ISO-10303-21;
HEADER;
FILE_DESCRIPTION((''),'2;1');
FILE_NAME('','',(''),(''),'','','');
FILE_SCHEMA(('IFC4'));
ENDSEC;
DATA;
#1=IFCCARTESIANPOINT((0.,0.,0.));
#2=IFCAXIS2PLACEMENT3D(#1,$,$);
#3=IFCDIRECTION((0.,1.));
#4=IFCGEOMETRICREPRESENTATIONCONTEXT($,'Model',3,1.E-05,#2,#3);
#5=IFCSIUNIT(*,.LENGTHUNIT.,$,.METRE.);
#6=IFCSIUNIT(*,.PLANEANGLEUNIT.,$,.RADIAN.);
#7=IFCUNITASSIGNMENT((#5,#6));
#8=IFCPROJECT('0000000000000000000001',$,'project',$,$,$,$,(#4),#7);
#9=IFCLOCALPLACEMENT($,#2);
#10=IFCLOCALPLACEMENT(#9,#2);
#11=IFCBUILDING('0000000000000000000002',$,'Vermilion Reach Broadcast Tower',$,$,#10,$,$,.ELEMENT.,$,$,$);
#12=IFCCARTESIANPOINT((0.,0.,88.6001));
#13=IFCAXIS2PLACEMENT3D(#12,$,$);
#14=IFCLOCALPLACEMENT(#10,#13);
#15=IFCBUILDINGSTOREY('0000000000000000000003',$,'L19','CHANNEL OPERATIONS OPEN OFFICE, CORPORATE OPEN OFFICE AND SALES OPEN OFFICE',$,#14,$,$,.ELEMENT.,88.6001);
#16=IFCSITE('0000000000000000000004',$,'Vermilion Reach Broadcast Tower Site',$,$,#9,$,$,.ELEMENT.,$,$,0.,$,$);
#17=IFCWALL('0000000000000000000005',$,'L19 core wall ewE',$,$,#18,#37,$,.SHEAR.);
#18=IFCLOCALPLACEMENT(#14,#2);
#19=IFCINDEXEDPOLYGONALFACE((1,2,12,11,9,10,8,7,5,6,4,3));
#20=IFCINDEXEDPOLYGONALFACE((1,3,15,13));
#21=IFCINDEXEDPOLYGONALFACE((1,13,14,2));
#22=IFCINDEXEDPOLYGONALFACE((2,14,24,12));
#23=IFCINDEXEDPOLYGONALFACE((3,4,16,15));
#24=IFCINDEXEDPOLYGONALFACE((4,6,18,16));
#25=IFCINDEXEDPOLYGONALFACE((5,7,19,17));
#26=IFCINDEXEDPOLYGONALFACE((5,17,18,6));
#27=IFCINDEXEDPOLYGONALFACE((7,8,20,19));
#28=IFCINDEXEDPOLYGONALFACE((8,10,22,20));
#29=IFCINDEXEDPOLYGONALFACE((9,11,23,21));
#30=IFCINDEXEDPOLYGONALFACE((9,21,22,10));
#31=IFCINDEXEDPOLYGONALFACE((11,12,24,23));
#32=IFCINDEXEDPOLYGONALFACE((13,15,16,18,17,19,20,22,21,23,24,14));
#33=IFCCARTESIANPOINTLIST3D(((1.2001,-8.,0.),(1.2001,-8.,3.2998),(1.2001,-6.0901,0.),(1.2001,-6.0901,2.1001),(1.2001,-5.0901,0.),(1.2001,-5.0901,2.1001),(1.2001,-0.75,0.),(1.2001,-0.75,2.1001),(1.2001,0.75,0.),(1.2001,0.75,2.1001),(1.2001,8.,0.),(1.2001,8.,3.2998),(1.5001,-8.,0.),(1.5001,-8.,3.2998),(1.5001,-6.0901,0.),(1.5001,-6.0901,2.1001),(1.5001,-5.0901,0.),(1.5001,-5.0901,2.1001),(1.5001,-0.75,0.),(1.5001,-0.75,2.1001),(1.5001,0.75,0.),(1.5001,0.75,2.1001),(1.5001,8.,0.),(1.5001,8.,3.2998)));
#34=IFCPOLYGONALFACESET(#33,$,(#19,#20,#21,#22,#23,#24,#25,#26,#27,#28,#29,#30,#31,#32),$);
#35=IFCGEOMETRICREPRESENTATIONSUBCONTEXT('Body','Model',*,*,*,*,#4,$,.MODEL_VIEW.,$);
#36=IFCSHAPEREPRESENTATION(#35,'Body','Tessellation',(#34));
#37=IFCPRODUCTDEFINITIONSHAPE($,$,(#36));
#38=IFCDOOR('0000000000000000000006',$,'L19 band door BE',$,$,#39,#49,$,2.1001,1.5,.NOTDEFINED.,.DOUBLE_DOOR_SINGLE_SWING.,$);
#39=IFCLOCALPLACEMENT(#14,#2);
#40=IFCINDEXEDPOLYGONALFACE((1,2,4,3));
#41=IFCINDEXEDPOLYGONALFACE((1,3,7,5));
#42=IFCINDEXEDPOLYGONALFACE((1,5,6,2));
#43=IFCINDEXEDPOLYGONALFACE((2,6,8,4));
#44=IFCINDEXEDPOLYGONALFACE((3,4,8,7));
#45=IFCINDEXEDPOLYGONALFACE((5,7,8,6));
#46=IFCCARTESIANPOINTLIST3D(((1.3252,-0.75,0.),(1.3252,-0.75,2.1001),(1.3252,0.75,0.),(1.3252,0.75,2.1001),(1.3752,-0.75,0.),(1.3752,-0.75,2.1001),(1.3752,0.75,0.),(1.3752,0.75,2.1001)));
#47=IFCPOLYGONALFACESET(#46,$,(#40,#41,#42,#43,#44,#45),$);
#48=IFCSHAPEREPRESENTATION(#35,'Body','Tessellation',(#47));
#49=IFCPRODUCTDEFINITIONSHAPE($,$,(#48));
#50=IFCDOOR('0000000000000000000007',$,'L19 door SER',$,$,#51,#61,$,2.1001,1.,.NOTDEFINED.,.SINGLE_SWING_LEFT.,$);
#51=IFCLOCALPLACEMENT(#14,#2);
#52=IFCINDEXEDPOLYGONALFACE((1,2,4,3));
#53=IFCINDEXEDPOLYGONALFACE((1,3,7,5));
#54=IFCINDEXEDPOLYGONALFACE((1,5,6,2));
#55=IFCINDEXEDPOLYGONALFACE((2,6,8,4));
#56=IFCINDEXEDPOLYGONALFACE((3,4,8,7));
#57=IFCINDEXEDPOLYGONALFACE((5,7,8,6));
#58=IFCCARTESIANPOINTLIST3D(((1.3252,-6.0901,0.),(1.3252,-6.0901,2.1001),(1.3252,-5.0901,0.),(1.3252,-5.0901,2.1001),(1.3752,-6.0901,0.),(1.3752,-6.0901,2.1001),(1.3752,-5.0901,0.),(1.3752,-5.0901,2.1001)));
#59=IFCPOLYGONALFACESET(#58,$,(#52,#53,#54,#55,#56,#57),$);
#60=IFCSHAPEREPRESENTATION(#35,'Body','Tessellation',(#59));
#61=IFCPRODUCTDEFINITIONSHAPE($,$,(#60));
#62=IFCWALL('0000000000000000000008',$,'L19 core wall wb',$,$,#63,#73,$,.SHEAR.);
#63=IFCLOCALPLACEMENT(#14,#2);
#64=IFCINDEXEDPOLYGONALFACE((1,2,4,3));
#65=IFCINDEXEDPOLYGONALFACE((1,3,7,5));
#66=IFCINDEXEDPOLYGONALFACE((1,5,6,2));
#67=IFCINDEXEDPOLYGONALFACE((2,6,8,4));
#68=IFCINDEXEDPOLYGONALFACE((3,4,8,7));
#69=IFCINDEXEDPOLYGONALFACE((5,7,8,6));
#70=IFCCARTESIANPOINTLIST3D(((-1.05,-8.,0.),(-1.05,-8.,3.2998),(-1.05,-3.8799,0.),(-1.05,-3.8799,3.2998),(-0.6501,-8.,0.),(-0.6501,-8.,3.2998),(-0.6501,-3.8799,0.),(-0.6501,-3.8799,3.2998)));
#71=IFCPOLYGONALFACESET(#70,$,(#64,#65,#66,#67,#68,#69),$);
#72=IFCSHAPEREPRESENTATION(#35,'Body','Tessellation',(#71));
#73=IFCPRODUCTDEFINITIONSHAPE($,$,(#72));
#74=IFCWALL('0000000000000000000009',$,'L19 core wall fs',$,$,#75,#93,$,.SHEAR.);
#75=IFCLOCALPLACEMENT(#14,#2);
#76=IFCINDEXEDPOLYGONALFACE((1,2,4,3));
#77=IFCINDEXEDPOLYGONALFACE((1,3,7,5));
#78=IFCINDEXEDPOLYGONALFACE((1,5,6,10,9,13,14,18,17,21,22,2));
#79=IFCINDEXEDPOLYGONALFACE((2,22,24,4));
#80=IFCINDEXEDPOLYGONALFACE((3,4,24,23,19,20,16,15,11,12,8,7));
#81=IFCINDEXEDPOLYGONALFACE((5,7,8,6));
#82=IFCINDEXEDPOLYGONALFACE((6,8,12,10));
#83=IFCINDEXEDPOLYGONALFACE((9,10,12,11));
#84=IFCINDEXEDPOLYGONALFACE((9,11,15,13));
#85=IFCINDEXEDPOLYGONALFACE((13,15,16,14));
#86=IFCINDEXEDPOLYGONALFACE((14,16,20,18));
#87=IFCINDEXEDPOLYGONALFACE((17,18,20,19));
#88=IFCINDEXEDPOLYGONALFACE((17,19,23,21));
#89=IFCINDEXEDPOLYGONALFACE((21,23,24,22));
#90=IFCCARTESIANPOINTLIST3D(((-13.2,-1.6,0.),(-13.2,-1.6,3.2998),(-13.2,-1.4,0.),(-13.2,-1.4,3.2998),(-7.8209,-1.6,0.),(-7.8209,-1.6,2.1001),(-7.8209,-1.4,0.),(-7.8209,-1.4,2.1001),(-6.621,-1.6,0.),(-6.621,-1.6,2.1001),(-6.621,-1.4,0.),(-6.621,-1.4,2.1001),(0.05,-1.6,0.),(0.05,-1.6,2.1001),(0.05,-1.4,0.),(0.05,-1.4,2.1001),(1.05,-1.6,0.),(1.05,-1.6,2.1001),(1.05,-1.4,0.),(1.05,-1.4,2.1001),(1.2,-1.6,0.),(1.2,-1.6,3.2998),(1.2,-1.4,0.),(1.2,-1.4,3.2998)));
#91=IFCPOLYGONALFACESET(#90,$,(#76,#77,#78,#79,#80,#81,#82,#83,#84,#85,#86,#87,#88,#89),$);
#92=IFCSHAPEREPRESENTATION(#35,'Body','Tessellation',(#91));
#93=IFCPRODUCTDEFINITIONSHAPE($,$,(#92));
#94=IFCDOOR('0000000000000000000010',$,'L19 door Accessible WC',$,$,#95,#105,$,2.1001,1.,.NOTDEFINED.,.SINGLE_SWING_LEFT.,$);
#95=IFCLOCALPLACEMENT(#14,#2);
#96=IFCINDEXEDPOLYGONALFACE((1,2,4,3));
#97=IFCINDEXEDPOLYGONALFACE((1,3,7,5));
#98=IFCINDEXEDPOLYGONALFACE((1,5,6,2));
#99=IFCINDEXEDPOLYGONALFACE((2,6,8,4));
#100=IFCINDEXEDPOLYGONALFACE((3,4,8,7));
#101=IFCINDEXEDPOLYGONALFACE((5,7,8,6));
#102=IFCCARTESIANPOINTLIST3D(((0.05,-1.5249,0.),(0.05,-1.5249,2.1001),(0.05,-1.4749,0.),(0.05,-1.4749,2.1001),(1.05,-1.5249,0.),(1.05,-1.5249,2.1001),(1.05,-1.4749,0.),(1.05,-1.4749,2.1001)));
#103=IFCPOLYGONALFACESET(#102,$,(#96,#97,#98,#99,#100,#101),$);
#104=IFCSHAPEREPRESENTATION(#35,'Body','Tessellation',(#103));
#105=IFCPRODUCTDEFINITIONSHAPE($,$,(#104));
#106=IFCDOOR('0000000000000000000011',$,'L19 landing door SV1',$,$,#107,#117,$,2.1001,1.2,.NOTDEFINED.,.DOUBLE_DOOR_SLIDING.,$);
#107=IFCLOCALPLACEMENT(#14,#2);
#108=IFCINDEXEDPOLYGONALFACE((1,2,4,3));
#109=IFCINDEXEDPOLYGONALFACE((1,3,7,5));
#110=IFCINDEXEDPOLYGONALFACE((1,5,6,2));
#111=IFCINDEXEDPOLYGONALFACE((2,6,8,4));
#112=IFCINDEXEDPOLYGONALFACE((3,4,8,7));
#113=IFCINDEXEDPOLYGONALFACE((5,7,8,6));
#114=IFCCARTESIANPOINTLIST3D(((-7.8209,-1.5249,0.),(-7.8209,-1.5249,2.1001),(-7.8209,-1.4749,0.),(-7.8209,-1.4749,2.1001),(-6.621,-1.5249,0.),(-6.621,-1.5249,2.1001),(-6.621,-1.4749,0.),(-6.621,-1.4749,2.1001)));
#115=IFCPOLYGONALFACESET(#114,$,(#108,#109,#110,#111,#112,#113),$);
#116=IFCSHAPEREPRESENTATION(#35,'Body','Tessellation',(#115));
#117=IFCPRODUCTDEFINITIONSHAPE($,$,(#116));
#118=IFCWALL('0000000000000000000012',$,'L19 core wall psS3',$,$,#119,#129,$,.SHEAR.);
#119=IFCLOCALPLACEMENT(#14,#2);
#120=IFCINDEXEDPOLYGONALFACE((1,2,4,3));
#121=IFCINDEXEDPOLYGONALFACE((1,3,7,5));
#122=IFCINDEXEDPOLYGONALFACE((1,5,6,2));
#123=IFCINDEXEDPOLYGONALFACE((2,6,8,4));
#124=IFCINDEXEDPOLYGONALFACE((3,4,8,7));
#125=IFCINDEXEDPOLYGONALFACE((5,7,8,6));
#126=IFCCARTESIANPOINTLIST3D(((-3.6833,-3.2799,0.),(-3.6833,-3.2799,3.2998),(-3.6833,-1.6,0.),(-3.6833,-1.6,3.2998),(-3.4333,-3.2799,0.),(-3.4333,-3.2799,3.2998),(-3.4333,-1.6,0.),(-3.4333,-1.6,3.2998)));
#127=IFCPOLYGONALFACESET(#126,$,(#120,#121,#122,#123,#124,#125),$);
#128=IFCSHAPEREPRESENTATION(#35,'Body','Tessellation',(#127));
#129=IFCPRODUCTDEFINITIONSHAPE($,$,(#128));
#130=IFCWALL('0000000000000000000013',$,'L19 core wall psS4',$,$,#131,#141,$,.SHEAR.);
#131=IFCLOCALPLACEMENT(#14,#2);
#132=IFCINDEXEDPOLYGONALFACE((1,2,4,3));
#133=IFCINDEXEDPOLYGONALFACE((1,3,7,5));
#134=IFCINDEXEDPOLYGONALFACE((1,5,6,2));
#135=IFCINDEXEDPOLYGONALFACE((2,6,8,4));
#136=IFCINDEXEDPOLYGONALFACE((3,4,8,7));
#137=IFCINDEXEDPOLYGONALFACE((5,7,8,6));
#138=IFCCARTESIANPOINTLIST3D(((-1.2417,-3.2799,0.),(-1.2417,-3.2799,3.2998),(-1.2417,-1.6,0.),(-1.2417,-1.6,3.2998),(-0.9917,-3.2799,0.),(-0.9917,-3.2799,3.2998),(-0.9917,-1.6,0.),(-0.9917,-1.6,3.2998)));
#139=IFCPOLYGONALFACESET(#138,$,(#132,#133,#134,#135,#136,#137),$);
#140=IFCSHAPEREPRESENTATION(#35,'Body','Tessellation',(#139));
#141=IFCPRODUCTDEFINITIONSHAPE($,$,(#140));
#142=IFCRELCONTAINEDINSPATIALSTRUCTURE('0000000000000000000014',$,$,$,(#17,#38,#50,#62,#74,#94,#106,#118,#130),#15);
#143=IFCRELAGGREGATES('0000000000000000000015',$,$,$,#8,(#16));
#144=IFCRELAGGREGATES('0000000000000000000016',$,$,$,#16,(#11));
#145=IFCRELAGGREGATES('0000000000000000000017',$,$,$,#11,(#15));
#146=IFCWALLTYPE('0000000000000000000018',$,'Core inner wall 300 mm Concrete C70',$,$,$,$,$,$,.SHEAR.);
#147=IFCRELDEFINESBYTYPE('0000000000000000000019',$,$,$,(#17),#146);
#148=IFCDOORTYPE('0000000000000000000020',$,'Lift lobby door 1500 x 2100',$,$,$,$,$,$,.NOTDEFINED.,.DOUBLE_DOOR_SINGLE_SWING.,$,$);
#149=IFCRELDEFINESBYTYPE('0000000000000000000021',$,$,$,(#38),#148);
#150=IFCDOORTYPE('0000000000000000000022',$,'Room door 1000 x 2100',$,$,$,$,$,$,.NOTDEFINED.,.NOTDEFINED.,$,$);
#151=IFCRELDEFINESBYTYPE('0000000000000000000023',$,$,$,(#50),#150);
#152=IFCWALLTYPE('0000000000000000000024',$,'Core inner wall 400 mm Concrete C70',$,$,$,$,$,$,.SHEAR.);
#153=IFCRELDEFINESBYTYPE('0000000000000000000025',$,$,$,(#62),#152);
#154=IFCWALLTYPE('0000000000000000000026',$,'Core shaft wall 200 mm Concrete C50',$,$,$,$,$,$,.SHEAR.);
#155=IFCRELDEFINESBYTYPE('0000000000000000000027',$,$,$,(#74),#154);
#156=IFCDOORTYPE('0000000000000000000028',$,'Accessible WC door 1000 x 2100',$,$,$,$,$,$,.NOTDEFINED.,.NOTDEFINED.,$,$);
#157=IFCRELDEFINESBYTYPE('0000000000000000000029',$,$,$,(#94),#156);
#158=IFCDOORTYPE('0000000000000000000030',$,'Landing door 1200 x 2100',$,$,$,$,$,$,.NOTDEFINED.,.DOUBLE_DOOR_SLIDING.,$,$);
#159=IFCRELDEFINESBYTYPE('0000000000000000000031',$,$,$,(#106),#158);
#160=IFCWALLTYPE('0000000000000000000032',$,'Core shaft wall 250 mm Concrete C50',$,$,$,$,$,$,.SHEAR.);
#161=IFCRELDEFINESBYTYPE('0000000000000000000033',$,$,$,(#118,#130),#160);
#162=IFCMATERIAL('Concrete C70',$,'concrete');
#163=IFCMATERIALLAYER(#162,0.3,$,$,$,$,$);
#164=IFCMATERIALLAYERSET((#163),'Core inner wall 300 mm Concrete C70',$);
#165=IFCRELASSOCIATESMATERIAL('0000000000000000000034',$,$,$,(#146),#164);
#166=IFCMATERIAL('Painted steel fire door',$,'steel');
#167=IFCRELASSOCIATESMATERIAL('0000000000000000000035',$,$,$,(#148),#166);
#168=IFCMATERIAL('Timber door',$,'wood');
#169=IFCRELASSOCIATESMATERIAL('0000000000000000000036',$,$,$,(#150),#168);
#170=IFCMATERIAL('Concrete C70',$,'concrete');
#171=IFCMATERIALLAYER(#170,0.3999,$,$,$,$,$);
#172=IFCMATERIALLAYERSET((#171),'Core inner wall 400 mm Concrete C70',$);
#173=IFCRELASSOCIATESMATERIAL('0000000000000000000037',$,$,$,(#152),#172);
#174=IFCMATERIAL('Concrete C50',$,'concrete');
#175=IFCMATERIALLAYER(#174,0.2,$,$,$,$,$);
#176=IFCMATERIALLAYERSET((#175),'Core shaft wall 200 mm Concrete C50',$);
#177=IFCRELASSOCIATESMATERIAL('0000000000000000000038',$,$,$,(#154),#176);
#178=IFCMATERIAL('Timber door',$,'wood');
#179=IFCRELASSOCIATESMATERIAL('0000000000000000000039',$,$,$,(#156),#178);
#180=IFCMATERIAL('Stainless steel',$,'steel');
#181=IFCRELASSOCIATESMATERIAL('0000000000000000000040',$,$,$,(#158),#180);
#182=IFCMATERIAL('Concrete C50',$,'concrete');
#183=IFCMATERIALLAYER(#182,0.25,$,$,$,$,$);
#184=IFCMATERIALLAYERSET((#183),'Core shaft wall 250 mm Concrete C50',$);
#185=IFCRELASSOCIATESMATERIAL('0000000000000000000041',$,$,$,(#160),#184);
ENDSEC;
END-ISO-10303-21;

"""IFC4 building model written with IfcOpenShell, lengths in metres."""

from ifc_helpers import new_model, si_unit, direction, frame, frame_2d, origin, place, context, subcontext, project, spatial, rectangle, extrude, material, layer, layer_set, type_object, element, fill, save


model = new_model("IFC4")

# Units and contexts
model_context = context("Model", 3, precision=1e-05, world=origin(), true_north=direction((0.0, 1.0)))
body_context = subcontext(model_context, "Body", "Model", "MODEL_VIEW")
ifc_project = project(units=[si_unit("LENGTHUNIT", "METRE"), si_unit("PLANEANGLEUNIT", "RADIAN")], contexts=[model_context])

# Site, building, storey
site_placement = place(None, origin())
site = spatial("IfcSite", under=ifc_project, at=site_placement, Name="Vermilion Reach Broadcast Tower Site", CompositionType="ELEMENT", RefElevation=0.0)
building_placement = place(site_placement, origin())
building = spatial("IfcBuilding", under=site, at=building_placement, Name="Vermilion Reach Broadcast Tower", CompositionType="ELEMENT")
storey_placement = place(building_placement, frame((0.0, 0.0, 88.6001)))
storey = spatial("IfcBuildingStorey", under=building, at=storey_placement, Name="L19", Description="CHANNEL OPERATIONS OPEN OFFICE, CORPORATE OPEN OFFICE AND SALES OPEN OFFICE", CompositionType="ELEMENT", Elevation=88.6001)

# Wall, openings, doors
ifc_material_1 = material(Name="Concrete C70", Category="concrete")
ifc_layer_1 = layer(ifc_material_1, 0.3)
ifc_layer_set_1 = layer_set([ifc_layer_1], Name="Core inner wall 300 mm Concrete C70")
wall_type_1 = type_object("IfcWallType", Name="Core inner wall 300 mm Concrete C70", PredefinedType="SHEAR", material=ifc_layer_set_1)
wall_1_placement = place(storey_placement, frame((1.3501, -8.0, 0.0), z_axis=(0.0, 0.0, 1.0), x_axis=(0.0, 1.0, 0.0)))
wall_1 = element("IfcWall", 1, at=wall_1_placement, inside=storey, type_object=wall_type_1, Name="L19 core wall ewE", PredefinedType="SHEAR", context=body_context, shape_type="SweptSolid", body=[
    extrude(rectangle(XDim=16.0, YDim=0.3, at=frame_2d((8.0, 0.0))), origin(), (0.0, 0.0, 1.0), 3.2998),
])
opening_1_placement = place(wall_1_placement, frame((1.9099, 0.0, 0.0)))
opening_1 = element("IfcOpeningElement", 2, at=opening_1_placement, cuts=wall_1, PredefinedType="OPENING", context=body_context, shape_type="SweptSolid", body=[
    extrude(rectangle(XDim=1.0, YDim=2.1001, at=frame_2d((0.5, 1.05))), frame((0.0, 0.1599, 0.0), z_axis=(0.0, -1.0, 0.0), x_axis=(1.0, 0.0, 0.0)), (0.0, 0.0, 1.0), 0.3201),
])
opening_2_placement = place(wall_1_placement, frame((7.25, 0.0, 0.0)))
opening_2 = element("IfcOpeningElement", 3, at=opening_2_placement, cuts=wall_1, PredefinedType="OPENING", context=body_context, shape_type="SweptSolid", body=[
    extrude(rectangle(XDim=1.5, YDim=2.1001, at=frame_2d((0.75, 1.05))), frame((0.0, 0.1599, 0.0), z_axis=(0.0, -1.0, 0.0), x_axis=(1.0, 0.0, 0.0)), (0.0, 0.0, 1.0), 0.3201),
])
ifc_material_2 = material(Name="Painted steel fire door", Category="steel")
door_type_1 = type_object("IfcDoorType", Name="Lift lobby door 1500 x 2100", OperationType="DOUBLE_DOOR_SINGLE_SWING", PredefinedType="NOTDEFINED", material=ifc_material_2)
door_1_placement = place(opening_2_placement, origin())
door_1 = element("IfcDoor", 4, at=door_1_placement, inside=storey, type_object=door_type_1, Name="L19 band door BE", OperationType="DOUBLE_DOOR_SINGLE_SWING", OverallHeight=2.1001, OverallWidth=1.5, PredefinedType="NOTDEFINED", context=body_context, shape_type="SweptSolid", body=[
    extrude(rectangle(XDim=1.5, YDim=2.1001, at=frame_2d((0.75, 1.05))), frame((0.0, 0.0249, 0.0), z_axis=(0.0, -1.0, 0.0), x_axis=(1.0, 0.0, 0.0)), (0.0, 0.0, 1.0), 0.05),
])
fill(opening_2, door_1)
ifc_material_3 = material(Name="Timber door", Category="wood")
door_type_2 = type_object("IfcDoorType", Name="Room door 1000 x 2100", OperationType="NOTDEFINED", PredefinedType="NOTDEFINED", material=ifc_material_3)
door_2_placement = place(opening_1_placement, origin())
door_2 = element("IfcDoor", 5, at=door_2_placement, inside=storey, type_object=door_type_2, Name="L19 door SER", OperationType="SINGLE_SWING_LEFT", OverallHeight=2.1001, OverallWidth=1.0, PredefinedType="NOTDEFINED", context=body_context, shape_type="SweptSolid", body=[
    extrude(rectangle(XDim=1.0, YDim=2.1001, at=frame_2d((0.5, 1.05))), frame((0.0, 0.0249, 0.0), z_axis=(0.0, -1.0, 0.0), x_axis=(1.0, 0.0, 0.0)), (0.0, 0.0, 1.0), 0.05),
])
fill(opening_1, door_2)

# Wall
ifc_material_4 = material(Name="Concrete C70", Category="concrete")
ifc_layer_2 = layer(ifc_material_4, 0.3999)
ifc_layer_set_2 = layer_set([ifc_layer_2], Name="Core inner wall 400 mm Concrete C70")
wall_type_2 = type_object("IfcWallType", Name="Core inner wall 400 mm Concrete C70", PredefinedType="SHEAR", material=ifc_layer_set_2)
wall_2_placement = place(storey_placement, frame((-0.8501, -3.8799, 0.0), z_axis=(0.0, 0.0, 1.0), x_axis=(0.0, -1.0, 0.0)))
element("IfcWall", 6, at=wall_2_placement, inside=storey, type_object=wall_type_2, Name="L19 core wall wb", PredefinedType="SHEAR", context=body_context, shape_type="SweptSolid", body=[
    extrude(rectangle(XDim=4.1201, YDim=0.3999, at=frame_2d((2.0601, 0.0))), origin(), (0.0, 0.0, 1.0), 3.2998),
])

# Wall, openings, doors
ifc_material_5 = material(Name="Concrete C50", Category="concrete")
ifc_layer_3 = layer(ifc_material_5, 0.2)
ifc_layer_set_3 = layer_set([ifc_layer_3], Name="Core shaft wall 200 mm Concrete C50")
wall_type_3 = type_object("IfcWallType", Name="Core shaft wall 200 mm Concrete C50", PredefinedType="SHEAR", material=ifc_layer_set_3)
wall_3_placement = place(storey_placement, frame((1.2, -1.5, 0.0), z_axis=(0.0, 0.0, 1.0), x_axis=(-1.0, 0.0, 0.0)))
wall_3 = element("IfcWall", 7, at=wall_3_placement, inside=storey, type_object=wall_type_3, Name="L19 core wall fs", PredefinedType="SHEAR", context=body_context, shape_type="SweptSolid", body=[
    extrude(rectangle(XDim=14.3999, YDim=0.2, at=frame_2d((7.2, 0.0))), origin(), (0.0, 0.0, 1.0), 3.2998),
])
opening_3_placement = place(wall_3_placement, frame((7.8208, 0.0, 0.0)))
opening_3 = element("IfcOpeningElement", 8, at=opening_3_placement, cuts=wall_3, PredefinedType="OPENING", context=body_context, shape_type="SweptSolid", body=[
    extrude(rectangle(XDim=1.2, YDim=2.1001, at=frame_2d((0.6001, 1.05))), frame((0.0, 0.1099, 0.0), z_axis=(0.0, -1.0, 0.0), x_axis=(1.0, 0.0, 0.0)), (0.0, 0.0, 1.0), 0.22),
])
opening_4_placement = place(wall_3_placement, frame((0.1499, 0.0, 0.0)))
opening_4 = element("IfcOpeningElement", 9, at=opening_4_placement, cuts=wall_3, PredefinedType="OPENING", context=body_context, shape_type="SweptSolid", body=[
    extrude(rectangle(XDim=1.0, YDim=2.1001, at=frame_2d((0.5, 1.05))), frame((0.0, 0.1099, 0.0), z_axis=(0.0, -1.0, 0.0), x_axis=(1.0, 0.0, 0.0)), (0.0, 0.0, 1.0), 0.22),
])
ifc_material_6 = material(Name="Timber door", Category="wood")
door_type_3 = type_object("IfcDoorType", Name="Accessible WC door 1000 x 2100", OperationType="NOTDEFINED", PredefinedType="NOTDEFINED", material=ifc_material_6)
door_3_placement = place(opening_4_placement, origin())
door_3 = element("IfcDoor", 10, at=door_3_placement, inside=storey, type_object=door_type_3, Name="L19 door Accessible WC", OperationType="SINGLE_SWING_LEFT", OverallHeight=2.1001, OverallWidth=1.0, PredefinedType="NOTDEFINED", context=body_context, shape_type="SweptSolid", body=[
    extrude(rectangle(XDim=1.0, YDim=2.1001, at=frame_2d((0.5, 1.05))), frame((0.0, 0.0249, 0.0), z_axis=(0.0, -1.0, 0.0), x_axis=(1.0, 0.0, 0.0)), (0.0, 0.0, 1.0), 0.05),
])
fill(opening_4, door_3)
ifc_material_7 = material(Name="Stainless steel", Category="steel")
door_type_4 = type_object("IfcDoorType", Name="Landing door 1200 x 2100", OperationType="DOUBLE_DOOR_SLIDING", PredefinedType="NOTDEFINED", material=ifc_material_7)
door_4_placement = place(opening_3_placement, origin())
door_4 = element("IfcDoor", 11, at=door_4_placement, inside=storey, type_object=door_type_4, Name="L19 landing door SV1", OperationType="DOUBLE_DOOR_SLIDING", OverallHeight=2.1001, OverallWidth=1.2, PredefinedType="NOTDEFINED", context=body_context, shape_type="SweptSolid", body=[
    extrude(rectangle(XDim=1.2, YDim=2.1001, at=frame_2d((0.6001, 1.05))), frame((0.0, 0.0249, 0.0), z_axis=(0.0, -1.0, 0.0), x_axis=(1.0, 0.0, 0.0)), (0.0, 0.0, 1.0), 0.05),
])
fill(opening_3, door_4)

# Walls
ifc_material_8 = material(Name="Concrete C50", Category="concrete")
ifc_layer_4 = layer(ifc_material_8, 0.25)
ifc_layer_set_4 = layer_set([ifc_layer_4], Name="Core shaft wall 250 mm Concrete C50")
wall_type_4 = type_object("IfcWallType", Name="Core shaft wall 250 mm Concrete C50", PredefinedType="SHEAR", material=ifc_layer_set_4)
for number, where, z_axis, x_axis, name in (
    (12, (-3.5583, -1.6001, 0.0), (0.0, 0.0, 1.0), (0.0, -1.0, 0.0), "L19 core wall psS3"),
    (13, (-1.1167, -1.6001, 0.0), (0.0, 0.0, 1.0), (0.0, -1.0, 0.0), "L19 core wall psS4"),
):
    element("IfcWall", number, at=place(storey_placement, frame(where, z_axis=z_axis, x_axis=x_axis)), inside=storey, type_object=wall_type_4, Name=name, PredefinedType="SHEAR", context=body_context, shape_type="SweptSolid", body=[
        extrude(rectangle(XDim=1.6799, YDim=0.25, at=frame_2d((0.8398, 0.0))), origin(), (0.0, 0.0, 1.0), 3.2998),
    ])

save(model, "model.ifc")
